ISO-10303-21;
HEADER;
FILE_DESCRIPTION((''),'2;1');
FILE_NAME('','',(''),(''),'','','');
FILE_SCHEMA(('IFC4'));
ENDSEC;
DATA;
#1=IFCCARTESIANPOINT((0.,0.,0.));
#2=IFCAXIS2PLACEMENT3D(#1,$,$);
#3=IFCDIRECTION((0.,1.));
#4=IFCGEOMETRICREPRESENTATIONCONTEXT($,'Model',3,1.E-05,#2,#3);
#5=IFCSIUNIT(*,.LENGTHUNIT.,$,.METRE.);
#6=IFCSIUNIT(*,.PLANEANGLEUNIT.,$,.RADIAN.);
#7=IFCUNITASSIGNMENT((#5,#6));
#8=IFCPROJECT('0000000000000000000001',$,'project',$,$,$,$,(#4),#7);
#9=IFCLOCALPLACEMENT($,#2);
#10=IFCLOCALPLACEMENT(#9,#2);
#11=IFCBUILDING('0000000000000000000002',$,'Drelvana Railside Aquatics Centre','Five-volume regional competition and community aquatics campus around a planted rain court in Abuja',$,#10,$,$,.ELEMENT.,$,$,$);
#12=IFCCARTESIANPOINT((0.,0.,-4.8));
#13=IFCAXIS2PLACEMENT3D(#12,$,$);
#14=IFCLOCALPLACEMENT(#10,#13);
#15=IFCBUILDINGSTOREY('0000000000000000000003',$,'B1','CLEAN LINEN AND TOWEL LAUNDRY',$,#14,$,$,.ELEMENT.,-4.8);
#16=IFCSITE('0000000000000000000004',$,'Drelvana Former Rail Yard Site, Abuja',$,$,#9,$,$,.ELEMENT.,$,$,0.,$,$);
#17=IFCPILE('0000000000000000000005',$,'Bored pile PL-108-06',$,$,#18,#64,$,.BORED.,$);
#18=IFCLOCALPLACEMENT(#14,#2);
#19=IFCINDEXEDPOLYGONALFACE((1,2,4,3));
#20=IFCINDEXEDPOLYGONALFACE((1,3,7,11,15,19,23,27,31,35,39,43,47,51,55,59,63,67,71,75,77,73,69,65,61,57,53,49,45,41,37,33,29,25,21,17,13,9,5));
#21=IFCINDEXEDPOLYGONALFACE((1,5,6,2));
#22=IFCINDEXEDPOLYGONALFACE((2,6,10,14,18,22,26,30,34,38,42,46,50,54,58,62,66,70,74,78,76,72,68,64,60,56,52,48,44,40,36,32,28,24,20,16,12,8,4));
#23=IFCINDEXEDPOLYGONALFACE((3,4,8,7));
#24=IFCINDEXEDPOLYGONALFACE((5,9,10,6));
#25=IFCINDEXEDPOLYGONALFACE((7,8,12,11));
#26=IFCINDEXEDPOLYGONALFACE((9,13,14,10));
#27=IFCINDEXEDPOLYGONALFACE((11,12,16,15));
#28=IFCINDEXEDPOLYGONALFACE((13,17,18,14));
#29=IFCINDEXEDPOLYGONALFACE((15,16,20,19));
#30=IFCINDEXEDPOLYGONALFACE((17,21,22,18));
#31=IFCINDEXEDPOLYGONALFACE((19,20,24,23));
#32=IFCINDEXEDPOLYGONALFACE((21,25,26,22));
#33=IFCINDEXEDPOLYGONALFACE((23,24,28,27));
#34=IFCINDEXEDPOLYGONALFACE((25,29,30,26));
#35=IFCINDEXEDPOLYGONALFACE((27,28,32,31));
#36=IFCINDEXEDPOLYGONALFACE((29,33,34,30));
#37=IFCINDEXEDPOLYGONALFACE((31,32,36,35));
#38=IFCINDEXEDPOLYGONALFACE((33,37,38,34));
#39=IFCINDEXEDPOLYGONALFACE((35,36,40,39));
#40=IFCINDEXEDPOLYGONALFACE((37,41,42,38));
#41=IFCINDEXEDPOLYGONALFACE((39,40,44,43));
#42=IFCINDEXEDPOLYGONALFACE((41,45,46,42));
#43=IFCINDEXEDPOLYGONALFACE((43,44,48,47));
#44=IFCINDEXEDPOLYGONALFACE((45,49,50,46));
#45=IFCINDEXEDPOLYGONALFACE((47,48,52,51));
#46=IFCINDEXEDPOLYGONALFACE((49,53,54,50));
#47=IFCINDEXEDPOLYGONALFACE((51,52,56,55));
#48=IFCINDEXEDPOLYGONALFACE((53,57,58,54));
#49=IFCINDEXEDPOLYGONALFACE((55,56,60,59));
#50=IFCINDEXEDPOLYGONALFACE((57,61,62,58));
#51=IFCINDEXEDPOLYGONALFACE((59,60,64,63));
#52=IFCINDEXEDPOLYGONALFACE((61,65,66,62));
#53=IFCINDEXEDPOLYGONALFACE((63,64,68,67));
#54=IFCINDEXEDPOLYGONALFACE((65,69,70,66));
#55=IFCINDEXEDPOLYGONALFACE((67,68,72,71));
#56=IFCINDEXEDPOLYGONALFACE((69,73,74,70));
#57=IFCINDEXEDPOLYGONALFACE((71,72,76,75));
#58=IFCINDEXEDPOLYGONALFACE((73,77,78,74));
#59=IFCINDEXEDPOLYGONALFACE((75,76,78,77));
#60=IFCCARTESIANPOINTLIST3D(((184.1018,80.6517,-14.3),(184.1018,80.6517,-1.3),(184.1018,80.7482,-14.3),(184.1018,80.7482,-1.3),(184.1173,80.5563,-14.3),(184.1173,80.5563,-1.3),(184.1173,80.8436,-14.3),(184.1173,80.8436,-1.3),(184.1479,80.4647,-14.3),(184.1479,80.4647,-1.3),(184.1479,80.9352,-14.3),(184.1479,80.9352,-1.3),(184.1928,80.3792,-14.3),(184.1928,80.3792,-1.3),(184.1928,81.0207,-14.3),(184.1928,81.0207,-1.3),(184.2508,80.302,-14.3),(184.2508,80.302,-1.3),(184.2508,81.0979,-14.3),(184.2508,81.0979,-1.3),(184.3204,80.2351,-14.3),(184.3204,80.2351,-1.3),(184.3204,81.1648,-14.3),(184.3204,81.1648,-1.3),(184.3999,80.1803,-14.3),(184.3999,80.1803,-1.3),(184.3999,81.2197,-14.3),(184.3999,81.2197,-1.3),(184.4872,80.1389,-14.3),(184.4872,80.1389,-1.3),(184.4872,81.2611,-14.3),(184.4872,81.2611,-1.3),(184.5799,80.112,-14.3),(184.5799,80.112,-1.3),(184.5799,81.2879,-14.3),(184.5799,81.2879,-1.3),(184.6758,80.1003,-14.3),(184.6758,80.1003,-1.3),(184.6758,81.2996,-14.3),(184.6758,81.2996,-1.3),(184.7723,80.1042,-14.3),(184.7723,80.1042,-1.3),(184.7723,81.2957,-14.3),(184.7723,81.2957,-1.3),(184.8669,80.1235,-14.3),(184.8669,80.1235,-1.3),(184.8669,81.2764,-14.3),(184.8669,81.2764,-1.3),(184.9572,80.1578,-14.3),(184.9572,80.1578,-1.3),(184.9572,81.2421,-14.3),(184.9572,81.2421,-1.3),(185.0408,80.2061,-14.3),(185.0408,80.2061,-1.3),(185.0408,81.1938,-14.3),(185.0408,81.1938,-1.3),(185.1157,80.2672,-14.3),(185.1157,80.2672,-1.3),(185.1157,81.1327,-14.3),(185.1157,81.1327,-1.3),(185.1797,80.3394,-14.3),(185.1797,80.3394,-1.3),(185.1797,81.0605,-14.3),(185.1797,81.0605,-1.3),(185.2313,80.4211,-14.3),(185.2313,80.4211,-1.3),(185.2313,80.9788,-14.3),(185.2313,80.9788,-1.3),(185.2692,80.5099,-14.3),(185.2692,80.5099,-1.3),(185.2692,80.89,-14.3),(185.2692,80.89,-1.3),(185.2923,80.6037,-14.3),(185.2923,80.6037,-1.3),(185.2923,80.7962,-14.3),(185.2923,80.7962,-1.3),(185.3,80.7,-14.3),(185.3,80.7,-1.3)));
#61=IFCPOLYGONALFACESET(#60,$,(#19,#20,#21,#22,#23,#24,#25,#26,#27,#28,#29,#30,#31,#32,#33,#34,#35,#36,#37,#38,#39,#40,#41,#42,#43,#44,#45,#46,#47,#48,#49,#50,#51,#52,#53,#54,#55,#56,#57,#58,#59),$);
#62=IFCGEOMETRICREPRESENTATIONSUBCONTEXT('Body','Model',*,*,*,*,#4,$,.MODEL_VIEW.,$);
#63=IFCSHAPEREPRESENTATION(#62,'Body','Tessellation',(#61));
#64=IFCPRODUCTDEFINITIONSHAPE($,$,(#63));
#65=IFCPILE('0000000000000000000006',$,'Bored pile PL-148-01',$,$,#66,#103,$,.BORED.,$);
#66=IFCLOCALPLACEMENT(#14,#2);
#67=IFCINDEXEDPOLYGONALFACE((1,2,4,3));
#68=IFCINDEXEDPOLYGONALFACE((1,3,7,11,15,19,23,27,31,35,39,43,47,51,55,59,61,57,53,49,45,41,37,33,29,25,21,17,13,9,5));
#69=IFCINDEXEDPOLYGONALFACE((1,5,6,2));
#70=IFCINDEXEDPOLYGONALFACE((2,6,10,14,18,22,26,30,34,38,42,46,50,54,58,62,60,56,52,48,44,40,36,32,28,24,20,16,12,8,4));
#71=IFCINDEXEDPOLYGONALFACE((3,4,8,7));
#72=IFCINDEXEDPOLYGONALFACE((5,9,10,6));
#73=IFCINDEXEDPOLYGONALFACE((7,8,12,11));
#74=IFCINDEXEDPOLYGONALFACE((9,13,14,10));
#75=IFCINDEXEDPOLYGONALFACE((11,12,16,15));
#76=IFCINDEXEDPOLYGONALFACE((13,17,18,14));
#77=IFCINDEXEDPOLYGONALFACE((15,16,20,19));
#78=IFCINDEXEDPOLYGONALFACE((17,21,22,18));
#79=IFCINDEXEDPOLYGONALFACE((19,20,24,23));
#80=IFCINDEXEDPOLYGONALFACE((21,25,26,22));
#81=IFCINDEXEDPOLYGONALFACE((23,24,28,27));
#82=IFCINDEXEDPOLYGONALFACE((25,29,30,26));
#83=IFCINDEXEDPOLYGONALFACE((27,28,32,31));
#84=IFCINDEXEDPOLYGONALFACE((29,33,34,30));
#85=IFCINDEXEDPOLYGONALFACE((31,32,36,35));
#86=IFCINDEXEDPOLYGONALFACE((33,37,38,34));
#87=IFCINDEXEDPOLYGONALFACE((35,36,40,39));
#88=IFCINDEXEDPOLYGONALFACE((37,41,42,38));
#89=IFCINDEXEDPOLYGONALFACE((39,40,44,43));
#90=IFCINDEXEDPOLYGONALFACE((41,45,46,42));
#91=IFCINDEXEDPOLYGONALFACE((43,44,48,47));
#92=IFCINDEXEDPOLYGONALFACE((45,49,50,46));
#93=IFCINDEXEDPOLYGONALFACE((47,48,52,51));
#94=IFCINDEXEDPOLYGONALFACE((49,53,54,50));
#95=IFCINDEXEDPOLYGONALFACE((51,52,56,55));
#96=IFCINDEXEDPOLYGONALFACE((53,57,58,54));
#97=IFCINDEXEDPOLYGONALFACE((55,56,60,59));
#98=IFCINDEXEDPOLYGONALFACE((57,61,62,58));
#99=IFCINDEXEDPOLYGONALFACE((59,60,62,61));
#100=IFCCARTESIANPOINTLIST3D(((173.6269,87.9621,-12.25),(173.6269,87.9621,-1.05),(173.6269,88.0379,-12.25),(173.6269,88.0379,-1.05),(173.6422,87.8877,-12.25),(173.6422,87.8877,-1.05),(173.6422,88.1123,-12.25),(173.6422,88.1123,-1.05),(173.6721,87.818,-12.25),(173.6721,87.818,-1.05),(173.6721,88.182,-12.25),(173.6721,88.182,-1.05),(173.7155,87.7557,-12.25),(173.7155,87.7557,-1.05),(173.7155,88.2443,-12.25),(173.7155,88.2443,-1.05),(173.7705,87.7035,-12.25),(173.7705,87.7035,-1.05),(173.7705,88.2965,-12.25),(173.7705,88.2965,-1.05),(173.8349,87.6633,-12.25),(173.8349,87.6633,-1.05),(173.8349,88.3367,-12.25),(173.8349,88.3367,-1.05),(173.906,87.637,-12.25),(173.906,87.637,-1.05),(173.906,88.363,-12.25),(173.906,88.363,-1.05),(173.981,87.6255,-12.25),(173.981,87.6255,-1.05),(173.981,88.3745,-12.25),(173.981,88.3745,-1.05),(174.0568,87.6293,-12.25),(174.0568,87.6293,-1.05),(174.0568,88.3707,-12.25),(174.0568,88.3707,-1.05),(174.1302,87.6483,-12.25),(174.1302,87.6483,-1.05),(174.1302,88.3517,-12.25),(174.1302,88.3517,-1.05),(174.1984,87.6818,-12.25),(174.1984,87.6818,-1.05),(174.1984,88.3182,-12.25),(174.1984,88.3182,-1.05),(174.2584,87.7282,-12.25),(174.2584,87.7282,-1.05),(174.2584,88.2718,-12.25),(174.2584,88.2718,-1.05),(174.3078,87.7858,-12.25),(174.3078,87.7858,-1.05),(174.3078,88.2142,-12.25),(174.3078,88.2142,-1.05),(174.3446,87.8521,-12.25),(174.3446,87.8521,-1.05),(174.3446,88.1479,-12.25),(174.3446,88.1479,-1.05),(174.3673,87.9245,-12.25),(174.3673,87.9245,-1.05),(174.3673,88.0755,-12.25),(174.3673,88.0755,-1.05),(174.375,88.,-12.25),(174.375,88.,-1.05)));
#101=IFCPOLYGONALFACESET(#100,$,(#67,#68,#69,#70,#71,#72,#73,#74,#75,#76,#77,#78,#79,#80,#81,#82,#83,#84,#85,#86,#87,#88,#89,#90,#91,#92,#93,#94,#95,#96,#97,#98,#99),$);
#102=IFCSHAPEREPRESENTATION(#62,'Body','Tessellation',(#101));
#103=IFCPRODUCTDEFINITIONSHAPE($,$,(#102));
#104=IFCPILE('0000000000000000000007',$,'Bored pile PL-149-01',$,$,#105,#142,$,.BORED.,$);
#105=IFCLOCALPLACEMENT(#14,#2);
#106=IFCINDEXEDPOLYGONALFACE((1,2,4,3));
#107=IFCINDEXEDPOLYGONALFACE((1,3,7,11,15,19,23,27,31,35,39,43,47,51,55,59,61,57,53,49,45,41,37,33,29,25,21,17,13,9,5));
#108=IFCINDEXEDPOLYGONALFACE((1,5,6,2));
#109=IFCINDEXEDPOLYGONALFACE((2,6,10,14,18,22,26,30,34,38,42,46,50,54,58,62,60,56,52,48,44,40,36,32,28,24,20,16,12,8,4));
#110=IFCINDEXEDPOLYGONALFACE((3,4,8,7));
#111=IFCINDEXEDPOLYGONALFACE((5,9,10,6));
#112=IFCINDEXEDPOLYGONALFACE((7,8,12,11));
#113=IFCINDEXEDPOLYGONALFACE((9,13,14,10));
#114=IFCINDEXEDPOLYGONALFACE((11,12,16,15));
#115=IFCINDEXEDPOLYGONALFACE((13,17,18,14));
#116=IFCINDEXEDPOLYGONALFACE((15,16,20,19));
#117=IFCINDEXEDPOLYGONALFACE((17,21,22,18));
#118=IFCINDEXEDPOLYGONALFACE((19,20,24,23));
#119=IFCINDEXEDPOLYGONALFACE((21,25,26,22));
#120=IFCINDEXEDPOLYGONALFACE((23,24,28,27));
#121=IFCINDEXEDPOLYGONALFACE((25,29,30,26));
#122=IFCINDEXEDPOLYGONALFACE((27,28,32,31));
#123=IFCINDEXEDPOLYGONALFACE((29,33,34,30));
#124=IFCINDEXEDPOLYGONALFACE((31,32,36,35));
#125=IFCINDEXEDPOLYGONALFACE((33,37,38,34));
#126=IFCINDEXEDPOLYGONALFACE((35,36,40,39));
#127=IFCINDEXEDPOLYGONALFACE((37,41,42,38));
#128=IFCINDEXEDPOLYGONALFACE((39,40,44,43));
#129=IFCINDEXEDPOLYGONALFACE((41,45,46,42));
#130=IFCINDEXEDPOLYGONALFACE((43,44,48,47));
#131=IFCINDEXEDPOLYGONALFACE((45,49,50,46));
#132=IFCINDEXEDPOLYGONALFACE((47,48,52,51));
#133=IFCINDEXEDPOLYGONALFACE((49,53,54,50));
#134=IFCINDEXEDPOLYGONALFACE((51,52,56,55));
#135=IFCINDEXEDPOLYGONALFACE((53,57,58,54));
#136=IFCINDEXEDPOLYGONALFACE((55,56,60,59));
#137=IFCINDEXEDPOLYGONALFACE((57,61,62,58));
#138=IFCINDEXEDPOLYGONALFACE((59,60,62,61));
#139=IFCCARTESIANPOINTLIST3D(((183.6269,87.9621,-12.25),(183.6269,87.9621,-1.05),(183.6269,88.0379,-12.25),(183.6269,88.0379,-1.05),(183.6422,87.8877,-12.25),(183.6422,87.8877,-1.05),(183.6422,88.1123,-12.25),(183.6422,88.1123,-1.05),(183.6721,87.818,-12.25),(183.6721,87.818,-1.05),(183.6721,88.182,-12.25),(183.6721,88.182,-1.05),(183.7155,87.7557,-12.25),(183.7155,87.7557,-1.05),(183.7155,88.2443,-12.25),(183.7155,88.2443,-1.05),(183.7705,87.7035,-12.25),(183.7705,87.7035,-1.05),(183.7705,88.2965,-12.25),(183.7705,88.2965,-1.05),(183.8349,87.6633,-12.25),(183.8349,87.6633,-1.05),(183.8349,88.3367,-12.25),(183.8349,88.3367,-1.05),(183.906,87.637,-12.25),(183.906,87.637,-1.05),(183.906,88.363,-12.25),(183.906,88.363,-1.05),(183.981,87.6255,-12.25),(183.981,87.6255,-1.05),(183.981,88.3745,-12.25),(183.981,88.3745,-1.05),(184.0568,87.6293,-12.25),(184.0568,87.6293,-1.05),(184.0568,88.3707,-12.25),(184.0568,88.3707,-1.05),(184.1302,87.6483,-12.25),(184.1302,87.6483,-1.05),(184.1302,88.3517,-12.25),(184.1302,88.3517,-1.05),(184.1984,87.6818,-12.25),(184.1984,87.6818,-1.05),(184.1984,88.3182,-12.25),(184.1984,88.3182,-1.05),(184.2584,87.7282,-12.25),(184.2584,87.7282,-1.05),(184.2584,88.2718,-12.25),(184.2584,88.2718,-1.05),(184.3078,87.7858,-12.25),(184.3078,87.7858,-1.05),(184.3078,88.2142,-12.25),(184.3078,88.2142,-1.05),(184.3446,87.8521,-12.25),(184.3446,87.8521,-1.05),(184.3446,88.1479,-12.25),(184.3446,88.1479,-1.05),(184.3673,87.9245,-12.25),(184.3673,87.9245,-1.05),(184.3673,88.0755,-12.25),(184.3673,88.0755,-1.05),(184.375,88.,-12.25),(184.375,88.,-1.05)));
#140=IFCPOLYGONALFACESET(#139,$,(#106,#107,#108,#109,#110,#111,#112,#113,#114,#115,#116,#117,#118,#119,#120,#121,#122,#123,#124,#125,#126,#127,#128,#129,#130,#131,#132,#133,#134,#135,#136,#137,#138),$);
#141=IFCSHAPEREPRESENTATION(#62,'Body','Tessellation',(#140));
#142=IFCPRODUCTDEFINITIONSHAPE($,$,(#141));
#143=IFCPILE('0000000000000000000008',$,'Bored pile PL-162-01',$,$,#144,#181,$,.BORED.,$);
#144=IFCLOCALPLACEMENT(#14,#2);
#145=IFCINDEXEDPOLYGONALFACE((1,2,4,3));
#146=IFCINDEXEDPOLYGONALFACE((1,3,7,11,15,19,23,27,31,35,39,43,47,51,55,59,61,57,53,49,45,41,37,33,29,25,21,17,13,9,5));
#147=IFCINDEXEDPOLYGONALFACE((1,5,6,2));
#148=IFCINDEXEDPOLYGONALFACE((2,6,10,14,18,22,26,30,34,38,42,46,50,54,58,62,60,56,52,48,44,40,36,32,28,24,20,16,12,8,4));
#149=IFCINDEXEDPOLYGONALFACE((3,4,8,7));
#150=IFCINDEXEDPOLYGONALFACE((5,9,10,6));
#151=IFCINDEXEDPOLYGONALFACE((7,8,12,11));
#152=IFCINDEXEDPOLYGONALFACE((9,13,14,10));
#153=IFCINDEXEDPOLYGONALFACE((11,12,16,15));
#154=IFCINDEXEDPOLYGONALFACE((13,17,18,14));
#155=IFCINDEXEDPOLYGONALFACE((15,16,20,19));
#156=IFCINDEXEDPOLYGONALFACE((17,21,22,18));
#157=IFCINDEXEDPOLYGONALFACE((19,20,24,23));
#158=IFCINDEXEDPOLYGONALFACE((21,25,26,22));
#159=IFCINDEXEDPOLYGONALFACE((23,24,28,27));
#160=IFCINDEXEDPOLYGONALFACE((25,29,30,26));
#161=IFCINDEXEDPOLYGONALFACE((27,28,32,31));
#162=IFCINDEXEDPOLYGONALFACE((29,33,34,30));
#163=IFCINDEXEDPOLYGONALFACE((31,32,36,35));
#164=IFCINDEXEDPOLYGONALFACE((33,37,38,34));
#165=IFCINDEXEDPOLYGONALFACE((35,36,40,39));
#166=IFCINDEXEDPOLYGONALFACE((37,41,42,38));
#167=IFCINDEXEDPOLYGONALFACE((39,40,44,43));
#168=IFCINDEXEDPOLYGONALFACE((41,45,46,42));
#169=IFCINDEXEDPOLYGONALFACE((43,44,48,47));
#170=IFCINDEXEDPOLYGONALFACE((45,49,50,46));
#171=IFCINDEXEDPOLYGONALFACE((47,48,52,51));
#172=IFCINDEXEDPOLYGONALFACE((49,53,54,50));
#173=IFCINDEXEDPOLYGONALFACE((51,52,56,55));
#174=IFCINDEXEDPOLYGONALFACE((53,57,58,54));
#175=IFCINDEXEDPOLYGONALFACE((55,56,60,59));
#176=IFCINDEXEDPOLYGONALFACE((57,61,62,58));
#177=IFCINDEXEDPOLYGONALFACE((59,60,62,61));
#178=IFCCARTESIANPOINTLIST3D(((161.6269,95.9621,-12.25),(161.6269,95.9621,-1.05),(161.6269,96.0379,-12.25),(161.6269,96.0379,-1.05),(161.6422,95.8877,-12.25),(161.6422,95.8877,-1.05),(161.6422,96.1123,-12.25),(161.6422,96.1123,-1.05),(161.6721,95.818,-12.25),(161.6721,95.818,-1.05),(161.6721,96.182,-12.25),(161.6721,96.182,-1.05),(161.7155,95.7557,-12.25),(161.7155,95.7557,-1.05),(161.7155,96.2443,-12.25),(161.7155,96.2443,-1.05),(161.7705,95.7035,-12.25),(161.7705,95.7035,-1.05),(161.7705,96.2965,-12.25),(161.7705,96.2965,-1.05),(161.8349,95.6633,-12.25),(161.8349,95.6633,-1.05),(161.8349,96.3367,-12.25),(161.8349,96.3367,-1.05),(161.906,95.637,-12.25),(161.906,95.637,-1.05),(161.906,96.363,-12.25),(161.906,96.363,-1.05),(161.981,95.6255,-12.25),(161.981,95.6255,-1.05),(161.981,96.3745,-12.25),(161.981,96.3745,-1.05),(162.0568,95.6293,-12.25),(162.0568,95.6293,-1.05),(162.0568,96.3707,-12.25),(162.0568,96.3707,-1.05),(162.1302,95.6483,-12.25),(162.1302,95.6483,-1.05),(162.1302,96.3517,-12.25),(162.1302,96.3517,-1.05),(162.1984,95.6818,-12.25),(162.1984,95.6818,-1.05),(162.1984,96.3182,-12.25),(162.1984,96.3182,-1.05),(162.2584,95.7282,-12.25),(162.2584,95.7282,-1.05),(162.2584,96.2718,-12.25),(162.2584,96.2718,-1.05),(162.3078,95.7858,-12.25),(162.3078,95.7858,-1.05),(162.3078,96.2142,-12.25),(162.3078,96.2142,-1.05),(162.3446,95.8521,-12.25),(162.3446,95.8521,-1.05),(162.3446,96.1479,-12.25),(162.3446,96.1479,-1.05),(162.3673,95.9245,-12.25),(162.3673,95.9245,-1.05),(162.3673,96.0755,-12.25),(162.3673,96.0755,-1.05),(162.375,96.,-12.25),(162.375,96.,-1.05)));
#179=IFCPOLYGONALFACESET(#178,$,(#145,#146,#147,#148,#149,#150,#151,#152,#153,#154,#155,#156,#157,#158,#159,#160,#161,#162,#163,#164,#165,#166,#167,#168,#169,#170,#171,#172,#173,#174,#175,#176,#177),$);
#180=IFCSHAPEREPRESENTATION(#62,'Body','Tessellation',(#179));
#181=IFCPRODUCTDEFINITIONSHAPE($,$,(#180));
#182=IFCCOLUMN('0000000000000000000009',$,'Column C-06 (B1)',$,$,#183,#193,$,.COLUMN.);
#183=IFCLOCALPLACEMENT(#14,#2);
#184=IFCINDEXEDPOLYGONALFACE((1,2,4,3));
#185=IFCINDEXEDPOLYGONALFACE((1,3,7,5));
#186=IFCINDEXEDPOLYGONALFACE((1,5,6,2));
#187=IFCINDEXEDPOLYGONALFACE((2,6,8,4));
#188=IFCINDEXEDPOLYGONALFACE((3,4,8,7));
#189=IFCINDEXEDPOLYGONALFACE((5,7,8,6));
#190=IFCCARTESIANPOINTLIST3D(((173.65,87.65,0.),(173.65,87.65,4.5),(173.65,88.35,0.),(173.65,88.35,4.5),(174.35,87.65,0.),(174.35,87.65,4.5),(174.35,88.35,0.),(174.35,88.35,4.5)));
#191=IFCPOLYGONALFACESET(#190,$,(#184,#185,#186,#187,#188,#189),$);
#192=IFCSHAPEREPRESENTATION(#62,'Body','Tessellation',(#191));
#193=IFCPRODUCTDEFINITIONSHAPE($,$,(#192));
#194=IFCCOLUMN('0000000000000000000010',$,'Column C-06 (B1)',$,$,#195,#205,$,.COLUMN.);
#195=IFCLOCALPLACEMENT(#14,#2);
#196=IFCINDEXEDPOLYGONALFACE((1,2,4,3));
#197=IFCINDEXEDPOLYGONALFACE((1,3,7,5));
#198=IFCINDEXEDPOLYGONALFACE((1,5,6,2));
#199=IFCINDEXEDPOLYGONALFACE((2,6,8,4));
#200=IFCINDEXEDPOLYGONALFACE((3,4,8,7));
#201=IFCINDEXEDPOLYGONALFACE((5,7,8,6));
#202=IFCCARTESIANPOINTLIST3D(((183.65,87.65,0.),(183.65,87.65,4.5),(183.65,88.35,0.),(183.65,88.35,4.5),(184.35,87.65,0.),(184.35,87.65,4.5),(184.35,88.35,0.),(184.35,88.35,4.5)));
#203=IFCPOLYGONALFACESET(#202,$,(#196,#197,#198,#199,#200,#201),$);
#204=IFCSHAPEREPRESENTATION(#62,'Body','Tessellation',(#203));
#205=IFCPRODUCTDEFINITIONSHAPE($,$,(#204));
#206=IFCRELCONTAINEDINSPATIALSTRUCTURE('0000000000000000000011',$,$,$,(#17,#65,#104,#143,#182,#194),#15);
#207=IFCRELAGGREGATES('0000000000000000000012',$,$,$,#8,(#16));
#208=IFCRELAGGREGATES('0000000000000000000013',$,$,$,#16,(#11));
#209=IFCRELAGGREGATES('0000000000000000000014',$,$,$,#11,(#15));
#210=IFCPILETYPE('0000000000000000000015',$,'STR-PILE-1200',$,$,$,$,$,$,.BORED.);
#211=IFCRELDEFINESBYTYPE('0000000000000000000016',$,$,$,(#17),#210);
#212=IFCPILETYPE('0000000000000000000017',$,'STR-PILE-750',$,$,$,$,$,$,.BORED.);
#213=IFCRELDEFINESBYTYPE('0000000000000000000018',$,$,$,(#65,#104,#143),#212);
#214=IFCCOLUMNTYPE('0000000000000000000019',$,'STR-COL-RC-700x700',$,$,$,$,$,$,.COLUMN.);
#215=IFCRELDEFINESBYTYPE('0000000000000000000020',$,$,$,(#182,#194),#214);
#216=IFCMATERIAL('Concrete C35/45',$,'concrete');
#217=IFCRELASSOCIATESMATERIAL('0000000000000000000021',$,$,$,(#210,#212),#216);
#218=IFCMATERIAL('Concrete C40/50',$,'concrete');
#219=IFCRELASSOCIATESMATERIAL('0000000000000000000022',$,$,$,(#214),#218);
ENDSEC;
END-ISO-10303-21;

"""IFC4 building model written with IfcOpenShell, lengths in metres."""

from ifc_helpers import new_model, si_unit, direction, frame, origin, origin_2d, place, context, subcontext, project, spatial, rectangle, circle, extrude, material, material_profile, profile_set, type_object, element, save


model = new_model("IFC4")

# Units and contexts
model_context = context("Model", 3, precision=1e-05, world=origin(), true_north=direction((0.0, 1.0)))
body_context = subcontext(model_context, "Body", "Model", "MODEL_VIEW")
ifc_project = project(units=[si_unit("LENGTHUNIT", "METRE"), si_unit("PLANEANGLEUNIT", "RADIAN")], contexts=[model_context])

# Site, building, storey
site_placement = place(None, origin())
site = spatial("IfcSite", under=ifc_project, at=site_placement, Name="Drelvana Former Rail Yard Site, Abuja", CompositionType="ELEMENT", RefElevation=0.0)
building_placement = place(site_placement, origin())
building = spatial("IfcBuilding", under=site, at=building_placement, Name="Drelvana Railside Aquatics Centre", Description="Five-volume regional competition and community aquatics campus around a planted rain court in Abuja", CompositionType="ELEMENT")
storey_placement = place(building_placement, frame((0.0, 0.0, -4.8)))
storey = spatial("IfcBuildingStorey", under=building, at=storey_placement, Name="B1", Description="CLEAN LINEN AND TOWEL LAUNDRY", CompositionType="ELEMENT", Elevation=-4.8)

# Shared definitions
ifc_material_1 = material(Name="Concrete C35/45", Category="concrete")

# Piles
ifc_material_profile_1 = material_profile(ifc_material_1, circle(Radius=0.6001, at=origin_2d()), Name="PILE D1200")
ifc_profile_set_1 = profile_set([ifc_material_profile_1], Name="Concrete C35/45")
pile_type_1 = type_object("IfcPileType", Name="STR-PILE-1200", PredefinedType="BORED", material=ifc_profile_set_1)
for number, where, z_axis, x_axis, name in (
    (1, (184.7, 80.7, -1.3), (0.0, 0.0, -1.0), (1.0, 0.0, 0.0), "Bored pile PL-108-06"),
):
    element("IfcPile", number, at=place(storey_placement, frame(where, z_axis=z_axis, x_axis=x_axis)), inside=storey, type_object=pile_type_1, Name=name, PredefinedType="BORED", context=body_context, shape_type="SweptSolid", body=[
        extrude(circle(Radius=0.6001, at=origin_2d()), origin(), (0.0, 0.0, 1.0), 13.0),
    ])
ifc_material_profile_2 = material_profile(ifc_material_1, circle(Radius=0.375, at=origin_2d()), Name="PILE D750")
ifc_profile_set_2 = profile_set([ifc_material_profile_2], Name="Concrete C35/45")
pile_type_2 = type_object("IfcPileType", Name="STR-PILE-750", PredefinedType="BORED", material=ifc_profile_set_2)
for number, where, z_axis, x_axis, name in (
    (2, (174.0, 88.0, -1.05), (0.0, 0.0, -1.0), (1.0, 0.0, 0.0), "Bored pile PL-148-01"),
    (3, (184.0, 88.0, -1.05), (0.0, 0.0, -1.0), (1.0, 0.0, 0.0), "Bored pile PL-149-01"),
    (4, (162.0, 96.0, -1.05), (0.0, 0.0, -1.0), (1.0, 0.0, 0.0), "Bored pile PL-162-01"),
):
    element("IfcPile", number, at=place(storey_placement, frame(where, z_axis=z_axis, x_axis=x_axis)), inside=storey, type_object=pile_type_2, Name=name, PredefinedType="BORED", context=body_context, shape_type="SweptSolid", body=[
        extrude(circle(Radius=0.375, at=origin_2d()), origin(), (0.0, 0.0, 1.0), 11.2),
    ])

# Columns
ifc_material_2 = material(Name="Concrete C40/50", Category="concrete")
ifc_material_profile_3 = material_profile(ifc_material_2, rectangle(XDim=0.7, YDim=0.7, at=origin_2d()), Name="RC 700x700")
ifc_profile_set_3 = profile_set([ifc_material_profile_3], Name="Concrete C40/50")
column_type = type_object("IfcColumnType", Name="STR-COL-RC-700x700", PredefinedType="COLUMN", material=ifc_profile_set_3)
for number, where, z_axis, x_axis, name in (
    (5, (174.0, 88.0, 0.0), (0.0, 0.0, 1.0), (1.0, 0.0, 0.0), "Column C-06 (B1)"),
    (6, (184.0, 88.0, 0.0), (0.0, 0.0, 1.0), (1.0, 0.0, 0.0), "Column C-06 (B1)"),
):
    element("IfcColumn", number, at=place(storey_placement, frame(where, z_axis=z_axis, x_axis=x_axis)), inside=storey, type_object=column_type, Name=name, PredefinedType="COLUMN", context=body_context, shape_type="SweptSolid", body=[
        extrude(rectangle(XDim=0.7, YDim=0.7, at=origin_2d()), origin(), (0.0, 0.0, 1.0), 4.5),
    ])

save(model, "model.ifc")
